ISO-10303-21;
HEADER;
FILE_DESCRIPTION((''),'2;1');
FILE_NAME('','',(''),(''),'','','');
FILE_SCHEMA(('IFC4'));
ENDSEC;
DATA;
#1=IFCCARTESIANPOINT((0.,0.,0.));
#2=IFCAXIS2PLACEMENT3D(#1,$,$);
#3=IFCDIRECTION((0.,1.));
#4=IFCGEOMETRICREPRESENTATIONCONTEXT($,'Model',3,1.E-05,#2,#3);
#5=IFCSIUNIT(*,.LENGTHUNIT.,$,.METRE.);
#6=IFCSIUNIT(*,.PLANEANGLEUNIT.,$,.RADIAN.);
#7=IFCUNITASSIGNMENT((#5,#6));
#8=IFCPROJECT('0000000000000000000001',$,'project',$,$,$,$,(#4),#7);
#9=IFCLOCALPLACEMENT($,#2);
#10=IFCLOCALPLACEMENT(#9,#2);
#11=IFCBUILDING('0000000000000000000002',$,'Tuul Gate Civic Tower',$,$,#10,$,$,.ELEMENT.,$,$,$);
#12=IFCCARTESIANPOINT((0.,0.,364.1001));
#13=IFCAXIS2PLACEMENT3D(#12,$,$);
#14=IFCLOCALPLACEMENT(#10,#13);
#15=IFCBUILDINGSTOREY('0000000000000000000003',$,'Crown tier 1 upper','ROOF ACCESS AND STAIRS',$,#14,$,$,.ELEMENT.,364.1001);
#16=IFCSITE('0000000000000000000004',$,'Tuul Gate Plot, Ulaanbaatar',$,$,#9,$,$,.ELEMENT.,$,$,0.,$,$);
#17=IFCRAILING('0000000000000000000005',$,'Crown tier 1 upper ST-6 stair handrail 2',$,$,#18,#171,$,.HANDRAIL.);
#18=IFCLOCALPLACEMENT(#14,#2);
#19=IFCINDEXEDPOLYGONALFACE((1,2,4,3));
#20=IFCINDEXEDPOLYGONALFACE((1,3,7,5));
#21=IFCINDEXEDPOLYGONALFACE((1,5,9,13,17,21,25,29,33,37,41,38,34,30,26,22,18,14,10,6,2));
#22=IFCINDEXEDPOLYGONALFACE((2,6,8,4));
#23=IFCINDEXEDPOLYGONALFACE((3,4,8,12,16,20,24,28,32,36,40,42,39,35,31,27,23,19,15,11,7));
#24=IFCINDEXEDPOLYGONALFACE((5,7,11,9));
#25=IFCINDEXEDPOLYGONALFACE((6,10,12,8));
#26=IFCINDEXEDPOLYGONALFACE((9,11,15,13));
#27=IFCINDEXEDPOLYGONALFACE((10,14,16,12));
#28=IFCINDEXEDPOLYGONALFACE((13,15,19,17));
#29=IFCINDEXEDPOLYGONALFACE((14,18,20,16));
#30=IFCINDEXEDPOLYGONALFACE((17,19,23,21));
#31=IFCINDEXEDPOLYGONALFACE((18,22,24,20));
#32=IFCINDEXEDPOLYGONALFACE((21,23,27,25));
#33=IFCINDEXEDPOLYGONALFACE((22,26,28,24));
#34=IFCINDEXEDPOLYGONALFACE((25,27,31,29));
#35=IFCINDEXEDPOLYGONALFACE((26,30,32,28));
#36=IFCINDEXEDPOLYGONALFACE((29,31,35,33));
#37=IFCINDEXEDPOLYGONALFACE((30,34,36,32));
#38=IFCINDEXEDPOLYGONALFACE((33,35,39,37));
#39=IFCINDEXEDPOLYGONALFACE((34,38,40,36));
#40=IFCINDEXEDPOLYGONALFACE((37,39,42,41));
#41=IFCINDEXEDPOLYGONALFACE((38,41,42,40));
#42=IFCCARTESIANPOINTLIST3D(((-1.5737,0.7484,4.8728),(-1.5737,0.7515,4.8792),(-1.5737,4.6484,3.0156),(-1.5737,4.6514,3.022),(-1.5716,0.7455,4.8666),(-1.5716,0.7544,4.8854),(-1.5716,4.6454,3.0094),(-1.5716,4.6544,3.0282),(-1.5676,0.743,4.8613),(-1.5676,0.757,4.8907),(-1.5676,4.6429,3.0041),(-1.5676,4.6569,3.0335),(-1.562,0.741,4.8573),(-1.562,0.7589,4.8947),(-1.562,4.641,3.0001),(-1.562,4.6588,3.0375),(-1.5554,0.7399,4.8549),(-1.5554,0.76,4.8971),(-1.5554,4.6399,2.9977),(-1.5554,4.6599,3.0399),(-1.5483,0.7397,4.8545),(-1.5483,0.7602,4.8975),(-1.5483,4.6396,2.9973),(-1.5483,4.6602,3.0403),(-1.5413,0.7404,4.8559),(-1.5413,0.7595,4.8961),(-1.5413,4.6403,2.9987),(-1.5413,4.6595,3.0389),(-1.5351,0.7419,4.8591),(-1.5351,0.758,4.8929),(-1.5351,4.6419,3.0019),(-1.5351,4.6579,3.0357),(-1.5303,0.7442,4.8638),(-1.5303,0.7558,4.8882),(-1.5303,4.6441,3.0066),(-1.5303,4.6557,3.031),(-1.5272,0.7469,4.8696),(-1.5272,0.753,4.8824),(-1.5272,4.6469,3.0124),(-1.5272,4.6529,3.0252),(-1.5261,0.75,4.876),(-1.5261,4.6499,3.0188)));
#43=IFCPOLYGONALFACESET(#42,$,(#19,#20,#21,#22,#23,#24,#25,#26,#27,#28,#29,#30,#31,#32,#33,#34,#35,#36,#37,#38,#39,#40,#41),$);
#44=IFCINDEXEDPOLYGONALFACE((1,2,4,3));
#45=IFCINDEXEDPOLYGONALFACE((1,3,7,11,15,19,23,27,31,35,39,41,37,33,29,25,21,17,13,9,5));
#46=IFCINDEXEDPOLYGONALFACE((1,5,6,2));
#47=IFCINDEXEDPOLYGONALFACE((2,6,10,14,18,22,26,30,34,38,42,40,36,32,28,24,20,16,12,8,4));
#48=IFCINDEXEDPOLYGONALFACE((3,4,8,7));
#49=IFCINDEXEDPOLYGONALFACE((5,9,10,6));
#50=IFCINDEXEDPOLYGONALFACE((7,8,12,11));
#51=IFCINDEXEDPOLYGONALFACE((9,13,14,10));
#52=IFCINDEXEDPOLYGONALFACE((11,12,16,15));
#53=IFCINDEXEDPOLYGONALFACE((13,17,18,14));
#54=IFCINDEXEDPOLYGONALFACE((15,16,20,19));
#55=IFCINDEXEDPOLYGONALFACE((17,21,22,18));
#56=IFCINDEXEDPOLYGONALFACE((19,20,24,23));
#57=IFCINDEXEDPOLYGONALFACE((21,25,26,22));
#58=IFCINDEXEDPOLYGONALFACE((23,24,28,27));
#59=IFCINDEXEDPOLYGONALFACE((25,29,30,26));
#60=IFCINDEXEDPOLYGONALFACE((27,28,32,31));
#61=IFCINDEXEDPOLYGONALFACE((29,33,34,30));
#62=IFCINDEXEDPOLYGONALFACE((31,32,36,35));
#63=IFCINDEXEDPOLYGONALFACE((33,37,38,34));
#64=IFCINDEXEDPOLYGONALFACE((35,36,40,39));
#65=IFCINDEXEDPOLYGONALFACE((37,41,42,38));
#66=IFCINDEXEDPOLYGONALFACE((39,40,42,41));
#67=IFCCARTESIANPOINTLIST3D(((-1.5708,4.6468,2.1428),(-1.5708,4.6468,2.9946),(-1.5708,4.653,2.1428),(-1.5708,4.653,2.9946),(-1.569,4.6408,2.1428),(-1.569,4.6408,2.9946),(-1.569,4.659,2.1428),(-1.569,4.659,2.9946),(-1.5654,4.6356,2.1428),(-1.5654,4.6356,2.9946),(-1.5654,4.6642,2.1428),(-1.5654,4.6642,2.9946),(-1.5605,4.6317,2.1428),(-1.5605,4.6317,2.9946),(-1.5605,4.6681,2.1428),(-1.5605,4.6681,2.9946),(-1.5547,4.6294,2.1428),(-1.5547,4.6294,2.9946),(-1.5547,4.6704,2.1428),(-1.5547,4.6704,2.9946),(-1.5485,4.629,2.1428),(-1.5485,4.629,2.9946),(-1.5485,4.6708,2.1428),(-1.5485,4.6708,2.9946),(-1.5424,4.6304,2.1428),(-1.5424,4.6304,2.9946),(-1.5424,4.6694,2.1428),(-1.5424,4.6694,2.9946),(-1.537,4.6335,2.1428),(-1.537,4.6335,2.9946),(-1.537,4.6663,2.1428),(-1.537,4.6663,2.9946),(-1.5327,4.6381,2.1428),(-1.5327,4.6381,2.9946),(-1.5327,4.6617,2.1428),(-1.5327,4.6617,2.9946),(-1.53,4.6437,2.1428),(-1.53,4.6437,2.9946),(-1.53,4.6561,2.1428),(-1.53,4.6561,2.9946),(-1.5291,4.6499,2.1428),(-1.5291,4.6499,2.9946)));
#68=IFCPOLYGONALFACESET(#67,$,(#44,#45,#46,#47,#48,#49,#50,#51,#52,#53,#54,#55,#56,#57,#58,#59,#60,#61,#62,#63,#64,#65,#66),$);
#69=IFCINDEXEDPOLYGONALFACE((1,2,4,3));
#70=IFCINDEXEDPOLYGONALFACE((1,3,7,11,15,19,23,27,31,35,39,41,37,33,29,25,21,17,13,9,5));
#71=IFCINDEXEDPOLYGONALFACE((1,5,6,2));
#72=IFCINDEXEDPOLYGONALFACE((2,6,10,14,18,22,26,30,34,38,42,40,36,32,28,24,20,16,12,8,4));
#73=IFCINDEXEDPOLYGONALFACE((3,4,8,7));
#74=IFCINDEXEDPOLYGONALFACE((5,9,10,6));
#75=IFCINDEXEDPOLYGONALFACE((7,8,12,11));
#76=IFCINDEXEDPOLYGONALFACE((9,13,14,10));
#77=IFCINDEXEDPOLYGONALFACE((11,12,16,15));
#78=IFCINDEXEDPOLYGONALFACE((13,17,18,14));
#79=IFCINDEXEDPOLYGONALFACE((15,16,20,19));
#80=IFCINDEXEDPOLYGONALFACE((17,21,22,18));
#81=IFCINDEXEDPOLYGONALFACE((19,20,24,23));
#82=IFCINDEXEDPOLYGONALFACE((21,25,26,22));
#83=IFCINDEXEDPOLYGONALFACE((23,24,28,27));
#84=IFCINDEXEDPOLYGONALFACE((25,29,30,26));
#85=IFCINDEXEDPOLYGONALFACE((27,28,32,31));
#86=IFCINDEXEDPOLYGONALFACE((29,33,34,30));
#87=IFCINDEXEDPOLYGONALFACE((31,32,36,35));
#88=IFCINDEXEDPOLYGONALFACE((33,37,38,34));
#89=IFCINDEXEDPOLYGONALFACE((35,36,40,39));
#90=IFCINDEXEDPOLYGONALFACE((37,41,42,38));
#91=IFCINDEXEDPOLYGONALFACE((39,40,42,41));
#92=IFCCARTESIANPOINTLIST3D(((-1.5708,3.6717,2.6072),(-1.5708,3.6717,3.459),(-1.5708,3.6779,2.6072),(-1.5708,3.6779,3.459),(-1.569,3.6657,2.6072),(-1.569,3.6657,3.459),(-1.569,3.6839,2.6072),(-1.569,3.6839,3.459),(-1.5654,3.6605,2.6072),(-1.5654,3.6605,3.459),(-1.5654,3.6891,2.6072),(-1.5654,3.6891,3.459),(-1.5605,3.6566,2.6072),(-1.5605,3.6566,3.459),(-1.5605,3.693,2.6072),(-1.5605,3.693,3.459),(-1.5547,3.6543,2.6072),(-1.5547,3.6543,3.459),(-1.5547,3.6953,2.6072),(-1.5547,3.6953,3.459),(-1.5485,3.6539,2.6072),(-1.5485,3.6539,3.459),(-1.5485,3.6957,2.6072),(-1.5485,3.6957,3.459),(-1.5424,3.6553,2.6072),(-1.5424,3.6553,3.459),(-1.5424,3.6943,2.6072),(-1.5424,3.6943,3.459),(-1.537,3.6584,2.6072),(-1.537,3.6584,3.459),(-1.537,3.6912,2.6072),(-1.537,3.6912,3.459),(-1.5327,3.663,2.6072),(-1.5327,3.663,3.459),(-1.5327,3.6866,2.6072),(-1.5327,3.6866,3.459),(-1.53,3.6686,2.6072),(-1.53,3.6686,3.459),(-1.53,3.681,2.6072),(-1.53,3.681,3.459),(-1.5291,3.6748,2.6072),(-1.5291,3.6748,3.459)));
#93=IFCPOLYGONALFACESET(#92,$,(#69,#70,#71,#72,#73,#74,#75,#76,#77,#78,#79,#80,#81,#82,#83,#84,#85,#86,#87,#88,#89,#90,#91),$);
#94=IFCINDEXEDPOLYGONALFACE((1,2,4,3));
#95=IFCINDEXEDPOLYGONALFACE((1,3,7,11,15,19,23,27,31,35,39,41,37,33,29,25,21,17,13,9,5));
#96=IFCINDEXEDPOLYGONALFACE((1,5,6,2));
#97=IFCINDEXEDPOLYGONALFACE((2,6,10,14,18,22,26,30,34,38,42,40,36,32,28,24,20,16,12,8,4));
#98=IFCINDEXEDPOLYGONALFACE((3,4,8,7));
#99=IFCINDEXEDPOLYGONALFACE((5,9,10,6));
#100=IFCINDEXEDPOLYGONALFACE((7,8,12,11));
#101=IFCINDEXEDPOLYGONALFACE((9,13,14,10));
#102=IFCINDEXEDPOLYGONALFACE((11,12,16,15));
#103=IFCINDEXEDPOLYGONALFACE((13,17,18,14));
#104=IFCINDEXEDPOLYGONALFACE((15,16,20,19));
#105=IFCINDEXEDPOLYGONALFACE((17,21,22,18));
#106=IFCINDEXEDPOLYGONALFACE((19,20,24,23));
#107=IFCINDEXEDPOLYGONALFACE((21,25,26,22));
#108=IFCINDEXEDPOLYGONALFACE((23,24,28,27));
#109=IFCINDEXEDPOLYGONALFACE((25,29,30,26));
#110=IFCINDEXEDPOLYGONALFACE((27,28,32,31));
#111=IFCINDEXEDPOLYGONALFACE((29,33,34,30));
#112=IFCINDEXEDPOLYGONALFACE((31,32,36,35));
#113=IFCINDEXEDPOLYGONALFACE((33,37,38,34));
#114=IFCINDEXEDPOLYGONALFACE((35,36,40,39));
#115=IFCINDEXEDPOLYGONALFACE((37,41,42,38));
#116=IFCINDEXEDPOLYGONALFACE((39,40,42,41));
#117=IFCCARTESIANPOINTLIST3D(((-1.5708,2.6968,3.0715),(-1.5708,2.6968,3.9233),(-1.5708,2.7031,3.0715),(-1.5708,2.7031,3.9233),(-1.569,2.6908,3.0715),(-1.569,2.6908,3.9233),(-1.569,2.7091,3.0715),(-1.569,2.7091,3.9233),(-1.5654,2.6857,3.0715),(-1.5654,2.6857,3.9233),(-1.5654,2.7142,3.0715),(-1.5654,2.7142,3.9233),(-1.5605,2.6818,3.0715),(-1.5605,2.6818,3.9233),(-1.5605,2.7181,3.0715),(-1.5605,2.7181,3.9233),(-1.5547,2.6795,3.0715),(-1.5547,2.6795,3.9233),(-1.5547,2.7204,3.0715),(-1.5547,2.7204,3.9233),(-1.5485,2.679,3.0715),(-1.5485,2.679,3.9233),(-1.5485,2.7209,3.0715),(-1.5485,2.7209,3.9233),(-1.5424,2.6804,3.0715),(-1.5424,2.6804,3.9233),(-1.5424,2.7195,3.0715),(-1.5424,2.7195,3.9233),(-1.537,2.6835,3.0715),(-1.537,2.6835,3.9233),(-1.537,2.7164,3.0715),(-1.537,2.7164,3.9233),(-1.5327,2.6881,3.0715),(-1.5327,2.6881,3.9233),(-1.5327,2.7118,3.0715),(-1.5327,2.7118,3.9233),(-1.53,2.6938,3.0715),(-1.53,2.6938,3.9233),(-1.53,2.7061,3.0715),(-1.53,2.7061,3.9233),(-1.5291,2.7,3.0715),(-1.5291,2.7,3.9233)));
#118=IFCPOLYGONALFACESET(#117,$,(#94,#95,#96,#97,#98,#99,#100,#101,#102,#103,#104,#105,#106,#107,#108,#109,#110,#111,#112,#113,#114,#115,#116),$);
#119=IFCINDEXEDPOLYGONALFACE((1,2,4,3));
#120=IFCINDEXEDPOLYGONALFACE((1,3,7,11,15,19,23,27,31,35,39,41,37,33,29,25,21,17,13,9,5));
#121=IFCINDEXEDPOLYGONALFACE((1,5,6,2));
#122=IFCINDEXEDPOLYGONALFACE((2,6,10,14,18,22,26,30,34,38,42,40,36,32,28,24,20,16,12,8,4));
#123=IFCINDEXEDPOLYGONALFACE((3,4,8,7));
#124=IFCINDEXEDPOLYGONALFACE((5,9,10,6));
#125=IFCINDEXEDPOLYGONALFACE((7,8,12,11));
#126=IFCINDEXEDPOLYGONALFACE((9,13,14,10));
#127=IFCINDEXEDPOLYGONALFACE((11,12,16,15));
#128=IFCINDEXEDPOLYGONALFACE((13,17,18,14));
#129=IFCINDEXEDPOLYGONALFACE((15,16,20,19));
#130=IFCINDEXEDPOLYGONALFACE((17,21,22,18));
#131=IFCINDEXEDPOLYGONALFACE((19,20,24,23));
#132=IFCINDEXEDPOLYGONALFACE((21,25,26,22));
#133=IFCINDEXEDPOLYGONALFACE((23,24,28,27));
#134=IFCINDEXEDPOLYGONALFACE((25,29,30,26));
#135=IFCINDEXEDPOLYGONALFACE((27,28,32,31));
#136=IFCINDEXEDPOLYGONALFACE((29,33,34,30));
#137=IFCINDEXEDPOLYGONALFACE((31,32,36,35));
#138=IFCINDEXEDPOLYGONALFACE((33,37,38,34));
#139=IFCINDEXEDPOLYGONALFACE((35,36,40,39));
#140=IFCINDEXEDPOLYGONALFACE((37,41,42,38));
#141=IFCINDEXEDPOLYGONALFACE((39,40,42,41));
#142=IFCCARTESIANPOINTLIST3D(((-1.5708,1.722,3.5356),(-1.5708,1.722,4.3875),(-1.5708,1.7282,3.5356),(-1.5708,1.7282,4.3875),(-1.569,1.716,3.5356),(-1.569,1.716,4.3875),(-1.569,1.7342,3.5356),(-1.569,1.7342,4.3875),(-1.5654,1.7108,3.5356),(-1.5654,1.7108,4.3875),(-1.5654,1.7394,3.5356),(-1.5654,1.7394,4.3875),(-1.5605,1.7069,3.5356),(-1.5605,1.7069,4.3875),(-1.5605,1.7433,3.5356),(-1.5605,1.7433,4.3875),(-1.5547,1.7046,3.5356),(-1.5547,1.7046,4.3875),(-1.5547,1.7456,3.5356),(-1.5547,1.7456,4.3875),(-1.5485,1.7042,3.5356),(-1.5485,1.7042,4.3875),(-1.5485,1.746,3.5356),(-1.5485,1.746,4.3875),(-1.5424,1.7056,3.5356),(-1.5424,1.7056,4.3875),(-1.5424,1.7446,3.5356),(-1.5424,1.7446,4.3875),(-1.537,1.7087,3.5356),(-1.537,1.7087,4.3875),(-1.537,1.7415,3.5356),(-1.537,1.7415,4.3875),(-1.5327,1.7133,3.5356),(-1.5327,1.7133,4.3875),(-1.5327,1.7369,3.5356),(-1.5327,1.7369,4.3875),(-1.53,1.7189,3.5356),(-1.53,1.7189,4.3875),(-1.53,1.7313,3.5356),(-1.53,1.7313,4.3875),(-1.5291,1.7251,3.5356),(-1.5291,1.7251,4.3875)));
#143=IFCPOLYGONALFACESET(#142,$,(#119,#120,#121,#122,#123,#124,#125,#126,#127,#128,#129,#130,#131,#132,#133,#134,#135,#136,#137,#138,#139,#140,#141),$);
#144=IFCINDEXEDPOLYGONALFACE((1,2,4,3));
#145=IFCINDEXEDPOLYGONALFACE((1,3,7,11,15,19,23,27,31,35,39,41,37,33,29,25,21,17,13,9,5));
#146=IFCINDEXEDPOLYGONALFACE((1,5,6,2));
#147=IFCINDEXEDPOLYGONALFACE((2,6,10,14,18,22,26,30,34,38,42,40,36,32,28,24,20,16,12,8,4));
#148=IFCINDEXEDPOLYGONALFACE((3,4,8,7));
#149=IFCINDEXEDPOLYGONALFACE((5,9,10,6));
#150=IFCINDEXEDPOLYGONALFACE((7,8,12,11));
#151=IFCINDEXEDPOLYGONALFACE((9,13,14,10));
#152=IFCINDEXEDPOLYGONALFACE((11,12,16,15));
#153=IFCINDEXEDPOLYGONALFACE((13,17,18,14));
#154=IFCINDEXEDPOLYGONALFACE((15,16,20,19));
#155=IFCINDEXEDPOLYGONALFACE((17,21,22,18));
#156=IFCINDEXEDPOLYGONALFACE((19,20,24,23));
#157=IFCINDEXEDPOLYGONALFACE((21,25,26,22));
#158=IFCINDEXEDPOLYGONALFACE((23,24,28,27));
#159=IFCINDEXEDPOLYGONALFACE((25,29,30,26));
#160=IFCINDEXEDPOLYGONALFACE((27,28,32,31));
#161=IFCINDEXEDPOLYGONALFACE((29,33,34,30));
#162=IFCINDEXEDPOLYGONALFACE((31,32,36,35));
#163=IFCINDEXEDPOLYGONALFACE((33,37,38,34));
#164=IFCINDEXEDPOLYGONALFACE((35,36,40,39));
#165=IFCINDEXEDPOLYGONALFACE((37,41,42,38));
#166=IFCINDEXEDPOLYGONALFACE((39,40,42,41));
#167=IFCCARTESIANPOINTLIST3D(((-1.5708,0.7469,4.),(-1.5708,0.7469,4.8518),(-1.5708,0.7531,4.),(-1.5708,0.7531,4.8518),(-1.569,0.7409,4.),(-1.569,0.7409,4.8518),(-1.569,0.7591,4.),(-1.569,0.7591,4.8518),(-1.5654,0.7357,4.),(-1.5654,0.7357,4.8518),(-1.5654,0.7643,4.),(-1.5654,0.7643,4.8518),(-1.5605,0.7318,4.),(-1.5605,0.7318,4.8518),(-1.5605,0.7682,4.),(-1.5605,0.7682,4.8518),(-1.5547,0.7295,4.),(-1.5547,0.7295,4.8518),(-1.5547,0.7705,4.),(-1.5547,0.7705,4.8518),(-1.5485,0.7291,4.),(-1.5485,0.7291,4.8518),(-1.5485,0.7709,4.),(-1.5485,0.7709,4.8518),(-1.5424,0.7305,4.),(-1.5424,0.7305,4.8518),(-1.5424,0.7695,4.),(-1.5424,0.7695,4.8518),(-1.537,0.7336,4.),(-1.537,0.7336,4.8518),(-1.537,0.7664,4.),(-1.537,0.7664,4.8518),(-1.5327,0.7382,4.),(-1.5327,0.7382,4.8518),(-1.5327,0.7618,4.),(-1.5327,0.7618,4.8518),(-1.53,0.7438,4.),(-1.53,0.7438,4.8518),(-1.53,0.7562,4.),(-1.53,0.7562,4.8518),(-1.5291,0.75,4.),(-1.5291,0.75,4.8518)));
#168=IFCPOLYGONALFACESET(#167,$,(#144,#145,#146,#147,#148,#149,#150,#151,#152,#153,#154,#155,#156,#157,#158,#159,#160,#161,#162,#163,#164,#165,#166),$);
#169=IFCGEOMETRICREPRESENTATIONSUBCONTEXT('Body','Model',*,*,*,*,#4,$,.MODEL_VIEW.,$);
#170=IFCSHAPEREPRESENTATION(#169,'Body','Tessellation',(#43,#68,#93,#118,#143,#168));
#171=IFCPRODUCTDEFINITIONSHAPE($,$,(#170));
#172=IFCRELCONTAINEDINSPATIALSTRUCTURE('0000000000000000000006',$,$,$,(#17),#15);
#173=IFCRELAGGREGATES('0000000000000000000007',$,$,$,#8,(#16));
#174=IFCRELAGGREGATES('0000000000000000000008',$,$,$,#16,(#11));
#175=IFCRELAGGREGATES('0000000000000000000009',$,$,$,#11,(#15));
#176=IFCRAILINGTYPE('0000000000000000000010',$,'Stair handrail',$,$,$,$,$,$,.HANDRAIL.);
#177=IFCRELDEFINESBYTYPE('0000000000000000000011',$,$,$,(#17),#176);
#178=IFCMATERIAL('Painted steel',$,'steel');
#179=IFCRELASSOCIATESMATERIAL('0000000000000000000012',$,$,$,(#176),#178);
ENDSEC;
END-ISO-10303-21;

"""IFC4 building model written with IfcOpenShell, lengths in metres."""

from ifc_helpers import new_model, si_unit, direction, frame, origin, origin_2d, place, context, subcontext, project, spatial, circle, extrude, material, type_object, element, save


model = new_model("IFC4")

# Units and contexts
model_context = context("Model", 3, precision=1e-05, world=origin(), true_north=direction((0.0, 1.0)))
body_context = subcontext(model_context, "Body", "Model", "MODEL_VIEW")
ifc_project = project(units=[si_unit("LENGTHUNIT", "METRE"), si_unit("PLANEANGLEUNIT", "RADIAN")], contexts=[model_context])

# Site, building, storey
site_placement = place(None, origin())
site = spatial("IfcSite", under=ifc_project, at=site_placement, Name="Tuul Gate Plot, Ulaanbaatar", CompositionType="ELEMENT", RefElevation=0.0)
building_placement = place(site_placement, origin())
building = spatial("IfcBuilding", under=site, at=building_placement, Name="Tuul Gate Civic Tower", CompositionType="ELEMENT")
storey_placement = place(building_placement, frame((0.0, 0.0, 364.1001)))
storey = spatial("IfcBuildingStorey", under=building, at=storey_placement, Name="Crown tier 1 upper", Description="ROOF ACCESS AND STAIRS", CompositionType="ELEMENT", Elevation=364.1001)

# Railing
ifc_material_1 = material(Name="Painted steel", Category="steel")
railing_type_1 = type_object("IfcRailingType", Name="Stair handrail", PredefinedType="HANDRAIL", material=ifc_material_1)
for number, where, name in (
    (1, (-1.55, 4.6499, 2.1428), "Crown tier 1 upper ST-6 stair handrail 2"),
):
    element("IfcRailing", number, at=place(storey_placement, frame(where)), inside=storey, type_object=railing_type_1, Name=name, PredefinedType="HANDRAIL", context=body_context, shape_type="SweptSolid", body=[
        extrude(circle(Radius=0.0239, at=origin_2d()), frame((0.0, 0.0, 0.876), z_axis=(0.0, -0.902853, 0.429949), x_axis=(1.0, 0.0, 0.0)), (0.0, 0.0, 1.0), 4.3196),
        extrude(circle(Radius=0.021, at=origin_2d()), origin(), (0.0, 0.0, 1.0), 0.8518),
        extrude(circle(Radius=0.021, at=origin_2d()), frame((0.0, -0.9751, 0.4644)), (0.0, 0.0, 1.0), 0.8518),
        extrude(circle(Radius=0.021, at=origin_2d()), frame((0.0, -1.95, 0.9287)), (0.0, 0.0, 1.0), 0.8518),
        extrude(circle(Radius=0.021, at=origin_2d()), frame((0.0, -2.9248, 1.3928)), (0.0, 0.0, 1.0), 0.8518),
        extrude(circle(Radius=0.021, at=origin_2d()), frame((0.0, -3.8999, 1.8572)), (0.0, 0.0, 1.0), 0.8518),
    ])

save(model, "model.ifc")
